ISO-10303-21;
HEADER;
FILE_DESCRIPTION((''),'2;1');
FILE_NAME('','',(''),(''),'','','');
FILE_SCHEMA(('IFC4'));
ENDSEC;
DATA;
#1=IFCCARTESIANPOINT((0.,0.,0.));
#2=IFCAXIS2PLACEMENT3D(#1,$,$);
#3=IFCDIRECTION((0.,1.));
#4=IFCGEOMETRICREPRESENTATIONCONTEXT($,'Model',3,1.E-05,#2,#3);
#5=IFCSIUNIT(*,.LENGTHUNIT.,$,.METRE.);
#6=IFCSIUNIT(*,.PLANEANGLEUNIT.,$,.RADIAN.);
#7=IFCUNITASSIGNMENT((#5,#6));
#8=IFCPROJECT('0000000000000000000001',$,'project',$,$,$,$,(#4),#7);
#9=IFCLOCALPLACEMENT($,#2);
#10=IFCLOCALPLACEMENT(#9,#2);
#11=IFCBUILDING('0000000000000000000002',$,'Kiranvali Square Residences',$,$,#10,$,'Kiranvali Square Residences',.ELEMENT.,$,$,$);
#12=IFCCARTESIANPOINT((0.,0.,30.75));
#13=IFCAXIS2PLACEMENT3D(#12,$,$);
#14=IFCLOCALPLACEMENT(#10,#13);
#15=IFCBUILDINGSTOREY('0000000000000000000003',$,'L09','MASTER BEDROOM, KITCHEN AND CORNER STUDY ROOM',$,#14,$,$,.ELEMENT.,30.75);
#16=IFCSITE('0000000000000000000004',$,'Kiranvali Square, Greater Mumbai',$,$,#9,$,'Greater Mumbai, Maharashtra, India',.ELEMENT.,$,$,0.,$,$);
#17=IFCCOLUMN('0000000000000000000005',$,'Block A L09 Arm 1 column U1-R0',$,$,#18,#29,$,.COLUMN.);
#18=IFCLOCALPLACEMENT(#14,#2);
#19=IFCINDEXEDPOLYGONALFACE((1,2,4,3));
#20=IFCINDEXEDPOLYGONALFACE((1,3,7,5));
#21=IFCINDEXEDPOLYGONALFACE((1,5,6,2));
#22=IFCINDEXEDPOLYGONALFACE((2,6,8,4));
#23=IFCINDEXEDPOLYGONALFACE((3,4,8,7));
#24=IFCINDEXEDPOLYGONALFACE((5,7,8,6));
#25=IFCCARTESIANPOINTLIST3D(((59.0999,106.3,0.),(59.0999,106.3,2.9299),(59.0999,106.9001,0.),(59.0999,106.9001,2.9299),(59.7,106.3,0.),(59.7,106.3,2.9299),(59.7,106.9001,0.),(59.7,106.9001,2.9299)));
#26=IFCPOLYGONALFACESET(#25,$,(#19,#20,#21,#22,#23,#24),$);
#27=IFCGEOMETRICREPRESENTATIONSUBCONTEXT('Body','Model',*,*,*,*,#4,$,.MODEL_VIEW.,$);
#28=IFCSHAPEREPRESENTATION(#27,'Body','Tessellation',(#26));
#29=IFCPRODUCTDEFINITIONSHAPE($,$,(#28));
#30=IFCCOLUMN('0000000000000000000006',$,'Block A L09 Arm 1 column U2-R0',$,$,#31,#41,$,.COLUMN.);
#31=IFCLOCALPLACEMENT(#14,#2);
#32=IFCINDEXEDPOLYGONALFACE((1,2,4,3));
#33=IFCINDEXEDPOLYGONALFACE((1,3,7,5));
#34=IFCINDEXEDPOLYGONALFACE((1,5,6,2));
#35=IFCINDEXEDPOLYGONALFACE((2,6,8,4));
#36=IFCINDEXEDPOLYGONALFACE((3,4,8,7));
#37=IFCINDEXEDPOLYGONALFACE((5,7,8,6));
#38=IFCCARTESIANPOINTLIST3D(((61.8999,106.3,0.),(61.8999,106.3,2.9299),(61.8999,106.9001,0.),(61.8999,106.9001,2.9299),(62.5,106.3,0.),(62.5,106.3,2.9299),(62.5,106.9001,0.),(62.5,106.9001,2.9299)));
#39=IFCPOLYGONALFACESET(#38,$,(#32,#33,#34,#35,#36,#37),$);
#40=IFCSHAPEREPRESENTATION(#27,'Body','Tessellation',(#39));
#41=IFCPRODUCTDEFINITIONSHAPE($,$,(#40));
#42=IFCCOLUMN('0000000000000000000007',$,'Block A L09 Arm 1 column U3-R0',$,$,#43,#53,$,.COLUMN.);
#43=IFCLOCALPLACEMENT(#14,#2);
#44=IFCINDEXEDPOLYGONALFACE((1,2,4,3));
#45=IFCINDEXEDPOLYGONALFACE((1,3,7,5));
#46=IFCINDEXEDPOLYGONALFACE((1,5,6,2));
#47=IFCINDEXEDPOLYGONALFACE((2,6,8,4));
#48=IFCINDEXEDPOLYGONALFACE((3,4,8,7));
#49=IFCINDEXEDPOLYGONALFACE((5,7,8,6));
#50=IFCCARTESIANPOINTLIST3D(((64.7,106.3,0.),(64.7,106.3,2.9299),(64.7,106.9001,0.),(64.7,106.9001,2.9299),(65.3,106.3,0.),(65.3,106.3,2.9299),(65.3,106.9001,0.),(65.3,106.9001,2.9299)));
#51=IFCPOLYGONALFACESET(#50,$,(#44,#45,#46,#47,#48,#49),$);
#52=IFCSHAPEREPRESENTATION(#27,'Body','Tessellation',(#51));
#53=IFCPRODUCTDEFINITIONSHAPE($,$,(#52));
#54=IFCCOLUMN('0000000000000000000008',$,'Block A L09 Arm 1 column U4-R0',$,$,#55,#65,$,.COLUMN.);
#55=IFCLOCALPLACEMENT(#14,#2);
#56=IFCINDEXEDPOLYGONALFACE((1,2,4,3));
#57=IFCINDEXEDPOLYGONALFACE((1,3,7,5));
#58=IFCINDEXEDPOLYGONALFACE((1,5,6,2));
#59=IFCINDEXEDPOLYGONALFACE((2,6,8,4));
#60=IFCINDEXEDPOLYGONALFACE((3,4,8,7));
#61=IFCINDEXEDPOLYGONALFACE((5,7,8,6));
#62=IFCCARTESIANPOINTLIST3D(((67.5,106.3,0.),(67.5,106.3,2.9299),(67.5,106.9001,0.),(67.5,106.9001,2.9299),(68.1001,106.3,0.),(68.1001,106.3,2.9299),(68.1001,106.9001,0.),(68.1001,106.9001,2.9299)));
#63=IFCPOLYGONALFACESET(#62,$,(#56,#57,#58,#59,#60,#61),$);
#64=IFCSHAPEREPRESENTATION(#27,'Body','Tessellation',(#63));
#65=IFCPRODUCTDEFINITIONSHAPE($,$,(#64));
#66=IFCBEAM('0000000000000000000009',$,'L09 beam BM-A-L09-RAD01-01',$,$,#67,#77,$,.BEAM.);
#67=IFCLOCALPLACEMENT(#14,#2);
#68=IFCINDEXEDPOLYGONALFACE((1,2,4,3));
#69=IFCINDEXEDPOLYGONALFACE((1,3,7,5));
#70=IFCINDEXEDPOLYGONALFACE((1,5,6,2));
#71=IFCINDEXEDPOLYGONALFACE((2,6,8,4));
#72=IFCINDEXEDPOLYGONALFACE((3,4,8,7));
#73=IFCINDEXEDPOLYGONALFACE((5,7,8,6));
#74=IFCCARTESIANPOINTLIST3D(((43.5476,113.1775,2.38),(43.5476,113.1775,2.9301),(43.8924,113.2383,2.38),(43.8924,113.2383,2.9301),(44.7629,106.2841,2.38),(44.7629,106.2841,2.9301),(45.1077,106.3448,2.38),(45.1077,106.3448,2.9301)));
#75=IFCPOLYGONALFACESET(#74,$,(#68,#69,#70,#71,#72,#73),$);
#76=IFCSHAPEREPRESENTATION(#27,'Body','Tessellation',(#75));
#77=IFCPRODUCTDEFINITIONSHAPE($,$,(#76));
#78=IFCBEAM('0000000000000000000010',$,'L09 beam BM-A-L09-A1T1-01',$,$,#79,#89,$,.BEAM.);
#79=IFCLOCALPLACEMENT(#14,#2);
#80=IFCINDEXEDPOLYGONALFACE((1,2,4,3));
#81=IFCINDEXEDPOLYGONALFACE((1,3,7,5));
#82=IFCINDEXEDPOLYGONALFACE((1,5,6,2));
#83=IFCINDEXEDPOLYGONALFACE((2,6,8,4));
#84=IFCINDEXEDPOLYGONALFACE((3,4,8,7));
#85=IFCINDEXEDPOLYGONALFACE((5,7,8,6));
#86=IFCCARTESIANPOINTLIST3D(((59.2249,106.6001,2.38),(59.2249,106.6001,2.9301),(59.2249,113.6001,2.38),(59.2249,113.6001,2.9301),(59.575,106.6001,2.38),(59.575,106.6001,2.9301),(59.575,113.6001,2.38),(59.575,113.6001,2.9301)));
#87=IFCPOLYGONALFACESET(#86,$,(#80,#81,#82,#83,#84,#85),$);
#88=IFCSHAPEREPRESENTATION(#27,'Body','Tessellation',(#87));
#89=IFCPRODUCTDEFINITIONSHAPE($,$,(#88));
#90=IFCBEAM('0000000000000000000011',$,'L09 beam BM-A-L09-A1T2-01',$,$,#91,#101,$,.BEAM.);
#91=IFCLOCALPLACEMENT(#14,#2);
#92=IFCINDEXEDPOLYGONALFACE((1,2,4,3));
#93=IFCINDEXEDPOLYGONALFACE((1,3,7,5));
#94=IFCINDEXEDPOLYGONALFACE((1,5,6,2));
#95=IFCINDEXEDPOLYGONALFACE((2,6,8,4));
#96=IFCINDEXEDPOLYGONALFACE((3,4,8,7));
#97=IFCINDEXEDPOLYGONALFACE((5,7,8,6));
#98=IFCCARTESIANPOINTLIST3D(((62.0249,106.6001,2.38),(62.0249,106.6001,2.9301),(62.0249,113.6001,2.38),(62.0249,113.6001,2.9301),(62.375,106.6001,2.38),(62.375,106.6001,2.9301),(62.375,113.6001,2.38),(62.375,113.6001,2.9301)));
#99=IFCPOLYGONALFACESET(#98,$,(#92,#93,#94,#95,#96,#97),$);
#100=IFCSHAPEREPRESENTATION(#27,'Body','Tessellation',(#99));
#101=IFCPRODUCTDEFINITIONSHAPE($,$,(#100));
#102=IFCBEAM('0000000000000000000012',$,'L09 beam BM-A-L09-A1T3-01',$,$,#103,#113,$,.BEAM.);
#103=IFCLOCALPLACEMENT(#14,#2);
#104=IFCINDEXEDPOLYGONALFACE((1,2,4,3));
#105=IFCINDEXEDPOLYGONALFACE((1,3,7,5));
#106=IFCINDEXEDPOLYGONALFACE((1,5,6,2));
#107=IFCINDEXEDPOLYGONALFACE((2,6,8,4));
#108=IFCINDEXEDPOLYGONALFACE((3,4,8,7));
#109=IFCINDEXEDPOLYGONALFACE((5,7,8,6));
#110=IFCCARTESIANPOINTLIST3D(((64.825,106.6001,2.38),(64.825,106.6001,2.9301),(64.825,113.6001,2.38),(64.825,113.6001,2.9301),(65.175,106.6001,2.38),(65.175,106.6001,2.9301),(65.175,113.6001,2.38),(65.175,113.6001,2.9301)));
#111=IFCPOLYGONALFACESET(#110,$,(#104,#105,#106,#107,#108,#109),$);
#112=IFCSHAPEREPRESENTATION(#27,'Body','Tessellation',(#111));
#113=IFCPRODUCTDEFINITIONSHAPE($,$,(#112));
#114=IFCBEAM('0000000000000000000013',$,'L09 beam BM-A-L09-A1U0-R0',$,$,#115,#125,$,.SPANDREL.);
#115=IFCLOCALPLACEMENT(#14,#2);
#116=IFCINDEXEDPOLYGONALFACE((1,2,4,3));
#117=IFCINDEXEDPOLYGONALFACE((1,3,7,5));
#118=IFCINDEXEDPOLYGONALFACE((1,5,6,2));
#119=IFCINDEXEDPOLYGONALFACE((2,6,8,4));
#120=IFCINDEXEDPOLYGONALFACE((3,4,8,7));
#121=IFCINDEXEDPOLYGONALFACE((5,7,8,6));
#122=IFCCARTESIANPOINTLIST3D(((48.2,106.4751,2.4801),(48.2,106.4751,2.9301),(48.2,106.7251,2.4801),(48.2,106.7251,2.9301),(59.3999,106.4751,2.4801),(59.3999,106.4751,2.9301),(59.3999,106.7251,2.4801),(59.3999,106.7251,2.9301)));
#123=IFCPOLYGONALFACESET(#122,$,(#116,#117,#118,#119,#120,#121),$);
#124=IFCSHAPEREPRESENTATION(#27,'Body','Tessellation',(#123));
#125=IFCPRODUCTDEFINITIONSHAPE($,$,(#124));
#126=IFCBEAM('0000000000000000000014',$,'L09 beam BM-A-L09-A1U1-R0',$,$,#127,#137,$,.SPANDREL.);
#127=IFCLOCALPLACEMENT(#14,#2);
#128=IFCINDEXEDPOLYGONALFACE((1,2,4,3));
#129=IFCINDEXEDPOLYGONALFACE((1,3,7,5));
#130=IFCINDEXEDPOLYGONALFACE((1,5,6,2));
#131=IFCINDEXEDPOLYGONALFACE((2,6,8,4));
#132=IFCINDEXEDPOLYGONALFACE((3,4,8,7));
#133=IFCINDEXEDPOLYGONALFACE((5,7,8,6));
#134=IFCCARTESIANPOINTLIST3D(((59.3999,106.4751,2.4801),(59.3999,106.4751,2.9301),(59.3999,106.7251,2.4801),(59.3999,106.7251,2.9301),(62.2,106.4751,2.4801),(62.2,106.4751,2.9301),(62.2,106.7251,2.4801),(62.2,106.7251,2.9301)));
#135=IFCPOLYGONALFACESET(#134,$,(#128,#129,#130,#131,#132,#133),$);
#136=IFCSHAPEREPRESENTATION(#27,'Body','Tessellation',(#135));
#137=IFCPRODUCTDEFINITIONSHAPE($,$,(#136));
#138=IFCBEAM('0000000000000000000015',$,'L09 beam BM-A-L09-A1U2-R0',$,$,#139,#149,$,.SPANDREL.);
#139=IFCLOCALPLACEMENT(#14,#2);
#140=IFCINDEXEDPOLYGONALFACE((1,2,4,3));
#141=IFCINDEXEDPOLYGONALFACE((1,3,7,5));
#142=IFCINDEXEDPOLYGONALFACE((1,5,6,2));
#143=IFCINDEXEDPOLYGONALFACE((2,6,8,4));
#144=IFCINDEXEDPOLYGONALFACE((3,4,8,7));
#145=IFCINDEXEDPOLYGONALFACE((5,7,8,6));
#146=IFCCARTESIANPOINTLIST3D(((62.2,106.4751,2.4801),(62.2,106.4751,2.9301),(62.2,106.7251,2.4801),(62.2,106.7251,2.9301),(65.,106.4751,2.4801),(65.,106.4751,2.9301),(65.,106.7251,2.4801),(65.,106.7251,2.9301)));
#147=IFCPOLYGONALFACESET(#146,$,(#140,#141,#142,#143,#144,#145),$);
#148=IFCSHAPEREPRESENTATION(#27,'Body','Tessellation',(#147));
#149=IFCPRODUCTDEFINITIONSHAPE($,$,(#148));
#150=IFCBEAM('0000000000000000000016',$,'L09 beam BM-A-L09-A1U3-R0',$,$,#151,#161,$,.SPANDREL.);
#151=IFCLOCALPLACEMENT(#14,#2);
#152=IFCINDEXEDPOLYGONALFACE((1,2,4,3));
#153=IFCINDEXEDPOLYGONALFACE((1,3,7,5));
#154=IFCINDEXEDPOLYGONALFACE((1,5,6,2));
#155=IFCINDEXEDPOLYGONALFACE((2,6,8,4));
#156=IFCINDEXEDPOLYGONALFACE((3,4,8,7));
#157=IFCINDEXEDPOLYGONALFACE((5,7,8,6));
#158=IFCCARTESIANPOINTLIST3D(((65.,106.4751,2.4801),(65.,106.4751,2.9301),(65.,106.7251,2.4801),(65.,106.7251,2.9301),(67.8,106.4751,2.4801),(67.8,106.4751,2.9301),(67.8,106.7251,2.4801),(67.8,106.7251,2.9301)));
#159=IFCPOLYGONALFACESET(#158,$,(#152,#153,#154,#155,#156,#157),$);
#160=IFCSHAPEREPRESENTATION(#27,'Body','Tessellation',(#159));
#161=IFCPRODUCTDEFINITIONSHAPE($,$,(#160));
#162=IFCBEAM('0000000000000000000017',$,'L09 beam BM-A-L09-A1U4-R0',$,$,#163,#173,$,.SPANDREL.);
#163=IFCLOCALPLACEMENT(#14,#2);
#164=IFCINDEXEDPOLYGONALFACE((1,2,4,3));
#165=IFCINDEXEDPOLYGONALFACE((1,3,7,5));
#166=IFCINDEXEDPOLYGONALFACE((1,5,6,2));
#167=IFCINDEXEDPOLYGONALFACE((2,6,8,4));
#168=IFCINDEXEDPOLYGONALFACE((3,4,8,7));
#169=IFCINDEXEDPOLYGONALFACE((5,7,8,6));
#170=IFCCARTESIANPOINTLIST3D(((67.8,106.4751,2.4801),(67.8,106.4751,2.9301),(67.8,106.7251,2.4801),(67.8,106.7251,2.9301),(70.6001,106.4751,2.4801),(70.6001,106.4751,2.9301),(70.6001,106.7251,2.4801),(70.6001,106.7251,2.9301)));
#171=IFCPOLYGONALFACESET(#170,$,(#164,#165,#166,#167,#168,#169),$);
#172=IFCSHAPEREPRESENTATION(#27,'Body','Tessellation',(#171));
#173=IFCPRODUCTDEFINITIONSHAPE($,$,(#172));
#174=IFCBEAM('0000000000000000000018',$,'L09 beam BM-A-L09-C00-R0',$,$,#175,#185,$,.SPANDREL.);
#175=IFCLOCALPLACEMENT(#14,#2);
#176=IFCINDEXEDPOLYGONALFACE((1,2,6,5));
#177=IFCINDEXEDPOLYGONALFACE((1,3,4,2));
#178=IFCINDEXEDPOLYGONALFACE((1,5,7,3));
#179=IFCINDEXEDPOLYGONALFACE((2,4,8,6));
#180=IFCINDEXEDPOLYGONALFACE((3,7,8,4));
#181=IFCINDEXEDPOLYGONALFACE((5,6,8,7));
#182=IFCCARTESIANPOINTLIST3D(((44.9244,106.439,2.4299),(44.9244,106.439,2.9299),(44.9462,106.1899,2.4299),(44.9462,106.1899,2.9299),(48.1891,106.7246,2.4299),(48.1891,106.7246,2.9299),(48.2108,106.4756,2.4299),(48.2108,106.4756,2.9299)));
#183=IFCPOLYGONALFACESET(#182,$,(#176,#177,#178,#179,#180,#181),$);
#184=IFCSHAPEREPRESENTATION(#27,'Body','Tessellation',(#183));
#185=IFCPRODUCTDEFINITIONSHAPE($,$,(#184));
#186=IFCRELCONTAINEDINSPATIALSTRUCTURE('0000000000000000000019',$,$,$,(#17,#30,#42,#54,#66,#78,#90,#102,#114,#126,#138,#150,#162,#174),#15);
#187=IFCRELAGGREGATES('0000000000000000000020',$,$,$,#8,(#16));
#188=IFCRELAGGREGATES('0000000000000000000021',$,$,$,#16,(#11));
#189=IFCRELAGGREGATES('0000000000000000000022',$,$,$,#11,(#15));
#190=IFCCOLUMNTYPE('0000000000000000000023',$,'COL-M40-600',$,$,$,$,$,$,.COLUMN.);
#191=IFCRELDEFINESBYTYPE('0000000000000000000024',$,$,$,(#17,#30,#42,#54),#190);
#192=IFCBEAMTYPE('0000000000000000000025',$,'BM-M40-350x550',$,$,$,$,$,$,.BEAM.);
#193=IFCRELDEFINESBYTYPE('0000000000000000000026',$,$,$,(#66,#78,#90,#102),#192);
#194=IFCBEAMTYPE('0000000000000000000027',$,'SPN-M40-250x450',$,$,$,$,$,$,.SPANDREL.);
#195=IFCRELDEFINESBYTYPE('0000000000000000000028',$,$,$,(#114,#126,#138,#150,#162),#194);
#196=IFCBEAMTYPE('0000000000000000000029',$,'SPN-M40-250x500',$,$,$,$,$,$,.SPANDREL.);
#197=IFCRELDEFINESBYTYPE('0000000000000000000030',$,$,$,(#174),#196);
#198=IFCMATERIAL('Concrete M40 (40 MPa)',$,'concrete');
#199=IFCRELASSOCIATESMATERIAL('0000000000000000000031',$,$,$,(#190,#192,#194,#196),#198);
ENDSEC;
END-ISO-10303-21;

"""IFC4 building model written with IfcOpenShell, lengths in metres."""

from ifc_helpers import new_model, si_unit, direction, frame, origin, origin_2d, place, context, subcontext, project, spatial, rectangle, extrude, material, material_profile, profile_set, type_object, element, save


model = new_model("IFC4")

# Units and contexts
model_context = context("Model", 3, precision=1e-05, world=origin(), true_north=direction((0.0, 1.0)))
body_context = subcontext(model_context, "Body", "Model", "MODEL_VIEW")
ifc_project = project(units=[si_unit("LENGTHUNIT", "METRE"), si_unit("PLANEANGLEUNIT", "RADIAN")], contexts=[model_context])

# Site, building, storey
site_placement = place(None, origin())
site = spatial("IfcSite", under=ifc_project, at=site_placement, Name="Kiranvali Square, Greater Mumbai", LongName="Greater Mumbai, Maharashtra, India", CompositionType="ELEMENT", RefElevation=0.0)
building_placement = place(site_placement, origin())
building = spatial("IfcBuilding", under=site, at=building_placement, Name="Kiranvali Square Residences", LongName="Kiranvali Square Residences", CompositionType="ELEMENT")
storey_placement = place(building_placement, frame((0.0, 0.0, 30.75)))
storey = spatial("IfcBuildingStorey", under=building, at=storey_placement, Name="L09", Description="MASTER BEDROOM, KITCHEN AND CORNER STUDY ROOM", CompositionType="ELEMENT", Elevation=30.75)

# Columns
ifc_material_1 = material(Name="Concrete M40 (40 MPa)", Category="concrete")
ifc_material_profile_1 = material_profile(ifc_material_1, rectangle(XDim=0.6001, YDim=0.6001, at=origin_2d()), Name="RC 600x600")
ifc_profile_set_1 = profile_set([ifc_material_profile_1], Name="Concrete M40 (40 MPa)")
column_type = type_object("IfcColumnType", Name="COL-M40-600", PredefinedType="COLUMN", material=ifc_profile_set_1)
for number, where, z_axis, x_axis, name in (
    (1, (59.3999, 106.6001, 0.0), (0.0, 0.0, 1.0), (1.0, 0.0, 0.0), "Block A L09 Arm 1 column U1-R0"),
    (2, (62.2, 106.6001, 0.0), (0.0, 0.0, 1.0), (1.0, 0.0, 0.0), "Block A L09 Arm 1 column U2-R0"),
    (3, (65.0, 106.6001, 0.0), (0.0, 0.0, 1.0), (1.0, 0.0, 0.0), "Block A L09 Arm 1 column U3-R0"),
    (4, (67.8, 106.6001, 0.0), (0.0, 0.0, 1.0), (1.0, 0.0, 0.0), "Block A L09 Arm 1 column U4-R0"),
):
    element("IfcColumn", number, at=place(storey_placement, frame(where, z_axis=z_axis, x_axis=x_axis)), inside=storey, type_object=column_type, Name=name, PredefinedType="COLUMN", context=body_context, shape_type="SweptSolid", body=[
        extrude(rectangle(XDim=0.6001, YDim=0.6001, at=origin_2d()), origin(), (0.0, 0.0, 1.0), 2.9299),
    ])

# Beams
ifc_material_profile_2 = material_profile(ifc_material_1, rectangle(XDim=0.3501, YDim=0.55, at=origin_2d()), Name="RC 350x550")
ifc_profile_set_2 = profile_set([ifc_material_profile_2], Name="Concrete M40 (40 MPa)")
beam_type_1 = type_object("IfcBeamType", Name="BM-M40-350x550", PredefinedType="BEAM", material=ifc_profile_set_2)
beam_1_placement = place(storey_placement, frame((44.9353, 106.3145, 2.655), z_axis=(-0.173622, 0.984812, 0.0), x_axis=(-0.984812, -0.173622, 0.0)))
element("IfcBeam", 5, at=beam_1_placement, inside=storey, type_object=beam_type_1, Name="L09 beam BM-A-L09-RAD01-01", PredefinedType="BEAM", context=body_context, shape_type="SweptSolid", body=[
    extrude(rectangle(XDim=0.3501, YDim=0.55, at=origin_2d()), origin(), (0.0, 0.0, 1.0), 6.9998),
])
for number, where, z_axis, x_axis, name in (
    (6, (59.3999, 106.6001, 2.655), (0.0, 1.0, 0.0), (-1.0, 0.0, 0.0), "L09 beam BM-A-L09-A1T1-01"),
    (7, (62.2, 106.6001, 2.655), (0.0, 1.0, 0.0), (-1.0, 0.0, 0.0), "L09 beam BM-A-L09-A1T2-01"),
    (8, (65.0, 106.6001, 2.655), (0.0, 1.0, 0.0), (-1.0, 0.0, 0.0), "L09 beam BM-A-L09-A1T3-01"),
):
    element("IfcBeam", number, at=place(storey_placement, frame(where, z_axis=z_axis, x_axis=x_axis)), inside=storey, type_object=beam_type_1, Name=name, PredefinedType="BEAM", context=body_context, shape_type="SweptSolid", body=[
        extrude(rectangle(XDim=0.3501, YDim=0.55, at=origin_2d()), origin(), (0.0, 0.0, 1.0), 7.0),
    ])
ifc_material_profile_3 = material_profile(ifc_material_1, rectangle(XDim=0.25, YDim=0.45, at=origin_2d()), Name="RC 250x450")
ifc_profile_set_3 = profile_set([ifc_material_profile_3], Name="Concrete M40 (40 MPa)")
beam_type_2 = type_object("IfcBeamType", Name="SPN-M40-250x450", PredefinedType="SPANDREL", material=ifc_profile_set_3)
beam_2_placement = place(storey_placement, frame((48.2, 106.6001, 2.7051), z_axis=(1.0, 0.0, 0.0), x_axis=(0.0, 1.0, 0.0)))
element("IfcBeam", 9, at=beam_2_placement, inside=storey, type_object=beam_type_2, Name="L09 beam BM-A-L09-A1U0-R0", PredefinedType="SPANDREL", context=body_context, shape_type="SweptSolid", body=[
    extrude(rectangle(XDim=0.25, YDim=0.45, at=origin_2d()), origin(), (0.0, 0.0, 1.0), 11.2),
])
for number, where, z_axis, x_axis, name in (
    (10, (59.3999, 106.6001, 2.7051), (1.0, 0.0, 0.0), (0.0, 1.0, 0.0), "L09 beam BM-A-L09-A1U1-R0"),
    (11, (62.2, 106.6001, 2.7051), (1.0, 0.0, 0.0), (0.0, 1.0, 0.0), "L09 beam BM-A-L09-A1U2-R0"),
    (12, (65.0, 106.6001, 2.7051), (1.0, 0.0, 0.0), (0.0, 1.0, 0.0), "L09 beam BM-A-L09-A1U3-R0"),
    (13, (67.8, 106.6001, 2.7051), (1.0, 0.0, 0.0), (0.0, 1.0, 0.0), "L09 beam BM-A-L09-A1U4-R0"),
):
    element("IfcBeam", number, at=place(storey_placement, frame(where, z_axis=z_axis, x_axis=x_axis)), inside=storey, type_object=beam_type_2, Name=name, PredefinedType="SPANDREL", context=body_context, shape_type="SweptSolid", body=[
        extrude(rectangle(XDim=0.25, YDim=0.45, at=origin_2d()), origin(), (0.0, 0.0, 1.0), 2.8),
    ])
ifc_material_profile_4 = material_profile(ifc_material_1, rectangle(XDim=0.25, YDim=0.5, at=origin_2d()), Name="RC 250x500")
ifc_profile_set_4 = profile_set([ifc_material_profile_4], Name="Concrete M40 (40 MPa)")
beam_type_3 = type_object("IfcBeamType", Name="SPN-M40-250x500", PredefinedType="SPANDREL", material=ifc_profile_set_4)
beam_3_placement = place(storey_placement, frame((48.2, 106.6001, 2.6799), z_axis=(-0.996194, -0.087163, 0.0), x_axis=(0.087163, -0.996194, 0.0)))
element("IfcBeam", 14, at=beam_3_placement, inside=storey, type_object=beam_type_3, Name="L09 beam BM-A-L09-C00-R0", PredefinedType="SPANDREL", context=body_context, shape_type="SweptSolid", body=[
    extrude(rectangle(XDim=0.25, YDim=0.5, at=origin_2d()), origin(), (0.0, 0.0, 1.0), 3.2771),
])

save(model, "model.ifc")
